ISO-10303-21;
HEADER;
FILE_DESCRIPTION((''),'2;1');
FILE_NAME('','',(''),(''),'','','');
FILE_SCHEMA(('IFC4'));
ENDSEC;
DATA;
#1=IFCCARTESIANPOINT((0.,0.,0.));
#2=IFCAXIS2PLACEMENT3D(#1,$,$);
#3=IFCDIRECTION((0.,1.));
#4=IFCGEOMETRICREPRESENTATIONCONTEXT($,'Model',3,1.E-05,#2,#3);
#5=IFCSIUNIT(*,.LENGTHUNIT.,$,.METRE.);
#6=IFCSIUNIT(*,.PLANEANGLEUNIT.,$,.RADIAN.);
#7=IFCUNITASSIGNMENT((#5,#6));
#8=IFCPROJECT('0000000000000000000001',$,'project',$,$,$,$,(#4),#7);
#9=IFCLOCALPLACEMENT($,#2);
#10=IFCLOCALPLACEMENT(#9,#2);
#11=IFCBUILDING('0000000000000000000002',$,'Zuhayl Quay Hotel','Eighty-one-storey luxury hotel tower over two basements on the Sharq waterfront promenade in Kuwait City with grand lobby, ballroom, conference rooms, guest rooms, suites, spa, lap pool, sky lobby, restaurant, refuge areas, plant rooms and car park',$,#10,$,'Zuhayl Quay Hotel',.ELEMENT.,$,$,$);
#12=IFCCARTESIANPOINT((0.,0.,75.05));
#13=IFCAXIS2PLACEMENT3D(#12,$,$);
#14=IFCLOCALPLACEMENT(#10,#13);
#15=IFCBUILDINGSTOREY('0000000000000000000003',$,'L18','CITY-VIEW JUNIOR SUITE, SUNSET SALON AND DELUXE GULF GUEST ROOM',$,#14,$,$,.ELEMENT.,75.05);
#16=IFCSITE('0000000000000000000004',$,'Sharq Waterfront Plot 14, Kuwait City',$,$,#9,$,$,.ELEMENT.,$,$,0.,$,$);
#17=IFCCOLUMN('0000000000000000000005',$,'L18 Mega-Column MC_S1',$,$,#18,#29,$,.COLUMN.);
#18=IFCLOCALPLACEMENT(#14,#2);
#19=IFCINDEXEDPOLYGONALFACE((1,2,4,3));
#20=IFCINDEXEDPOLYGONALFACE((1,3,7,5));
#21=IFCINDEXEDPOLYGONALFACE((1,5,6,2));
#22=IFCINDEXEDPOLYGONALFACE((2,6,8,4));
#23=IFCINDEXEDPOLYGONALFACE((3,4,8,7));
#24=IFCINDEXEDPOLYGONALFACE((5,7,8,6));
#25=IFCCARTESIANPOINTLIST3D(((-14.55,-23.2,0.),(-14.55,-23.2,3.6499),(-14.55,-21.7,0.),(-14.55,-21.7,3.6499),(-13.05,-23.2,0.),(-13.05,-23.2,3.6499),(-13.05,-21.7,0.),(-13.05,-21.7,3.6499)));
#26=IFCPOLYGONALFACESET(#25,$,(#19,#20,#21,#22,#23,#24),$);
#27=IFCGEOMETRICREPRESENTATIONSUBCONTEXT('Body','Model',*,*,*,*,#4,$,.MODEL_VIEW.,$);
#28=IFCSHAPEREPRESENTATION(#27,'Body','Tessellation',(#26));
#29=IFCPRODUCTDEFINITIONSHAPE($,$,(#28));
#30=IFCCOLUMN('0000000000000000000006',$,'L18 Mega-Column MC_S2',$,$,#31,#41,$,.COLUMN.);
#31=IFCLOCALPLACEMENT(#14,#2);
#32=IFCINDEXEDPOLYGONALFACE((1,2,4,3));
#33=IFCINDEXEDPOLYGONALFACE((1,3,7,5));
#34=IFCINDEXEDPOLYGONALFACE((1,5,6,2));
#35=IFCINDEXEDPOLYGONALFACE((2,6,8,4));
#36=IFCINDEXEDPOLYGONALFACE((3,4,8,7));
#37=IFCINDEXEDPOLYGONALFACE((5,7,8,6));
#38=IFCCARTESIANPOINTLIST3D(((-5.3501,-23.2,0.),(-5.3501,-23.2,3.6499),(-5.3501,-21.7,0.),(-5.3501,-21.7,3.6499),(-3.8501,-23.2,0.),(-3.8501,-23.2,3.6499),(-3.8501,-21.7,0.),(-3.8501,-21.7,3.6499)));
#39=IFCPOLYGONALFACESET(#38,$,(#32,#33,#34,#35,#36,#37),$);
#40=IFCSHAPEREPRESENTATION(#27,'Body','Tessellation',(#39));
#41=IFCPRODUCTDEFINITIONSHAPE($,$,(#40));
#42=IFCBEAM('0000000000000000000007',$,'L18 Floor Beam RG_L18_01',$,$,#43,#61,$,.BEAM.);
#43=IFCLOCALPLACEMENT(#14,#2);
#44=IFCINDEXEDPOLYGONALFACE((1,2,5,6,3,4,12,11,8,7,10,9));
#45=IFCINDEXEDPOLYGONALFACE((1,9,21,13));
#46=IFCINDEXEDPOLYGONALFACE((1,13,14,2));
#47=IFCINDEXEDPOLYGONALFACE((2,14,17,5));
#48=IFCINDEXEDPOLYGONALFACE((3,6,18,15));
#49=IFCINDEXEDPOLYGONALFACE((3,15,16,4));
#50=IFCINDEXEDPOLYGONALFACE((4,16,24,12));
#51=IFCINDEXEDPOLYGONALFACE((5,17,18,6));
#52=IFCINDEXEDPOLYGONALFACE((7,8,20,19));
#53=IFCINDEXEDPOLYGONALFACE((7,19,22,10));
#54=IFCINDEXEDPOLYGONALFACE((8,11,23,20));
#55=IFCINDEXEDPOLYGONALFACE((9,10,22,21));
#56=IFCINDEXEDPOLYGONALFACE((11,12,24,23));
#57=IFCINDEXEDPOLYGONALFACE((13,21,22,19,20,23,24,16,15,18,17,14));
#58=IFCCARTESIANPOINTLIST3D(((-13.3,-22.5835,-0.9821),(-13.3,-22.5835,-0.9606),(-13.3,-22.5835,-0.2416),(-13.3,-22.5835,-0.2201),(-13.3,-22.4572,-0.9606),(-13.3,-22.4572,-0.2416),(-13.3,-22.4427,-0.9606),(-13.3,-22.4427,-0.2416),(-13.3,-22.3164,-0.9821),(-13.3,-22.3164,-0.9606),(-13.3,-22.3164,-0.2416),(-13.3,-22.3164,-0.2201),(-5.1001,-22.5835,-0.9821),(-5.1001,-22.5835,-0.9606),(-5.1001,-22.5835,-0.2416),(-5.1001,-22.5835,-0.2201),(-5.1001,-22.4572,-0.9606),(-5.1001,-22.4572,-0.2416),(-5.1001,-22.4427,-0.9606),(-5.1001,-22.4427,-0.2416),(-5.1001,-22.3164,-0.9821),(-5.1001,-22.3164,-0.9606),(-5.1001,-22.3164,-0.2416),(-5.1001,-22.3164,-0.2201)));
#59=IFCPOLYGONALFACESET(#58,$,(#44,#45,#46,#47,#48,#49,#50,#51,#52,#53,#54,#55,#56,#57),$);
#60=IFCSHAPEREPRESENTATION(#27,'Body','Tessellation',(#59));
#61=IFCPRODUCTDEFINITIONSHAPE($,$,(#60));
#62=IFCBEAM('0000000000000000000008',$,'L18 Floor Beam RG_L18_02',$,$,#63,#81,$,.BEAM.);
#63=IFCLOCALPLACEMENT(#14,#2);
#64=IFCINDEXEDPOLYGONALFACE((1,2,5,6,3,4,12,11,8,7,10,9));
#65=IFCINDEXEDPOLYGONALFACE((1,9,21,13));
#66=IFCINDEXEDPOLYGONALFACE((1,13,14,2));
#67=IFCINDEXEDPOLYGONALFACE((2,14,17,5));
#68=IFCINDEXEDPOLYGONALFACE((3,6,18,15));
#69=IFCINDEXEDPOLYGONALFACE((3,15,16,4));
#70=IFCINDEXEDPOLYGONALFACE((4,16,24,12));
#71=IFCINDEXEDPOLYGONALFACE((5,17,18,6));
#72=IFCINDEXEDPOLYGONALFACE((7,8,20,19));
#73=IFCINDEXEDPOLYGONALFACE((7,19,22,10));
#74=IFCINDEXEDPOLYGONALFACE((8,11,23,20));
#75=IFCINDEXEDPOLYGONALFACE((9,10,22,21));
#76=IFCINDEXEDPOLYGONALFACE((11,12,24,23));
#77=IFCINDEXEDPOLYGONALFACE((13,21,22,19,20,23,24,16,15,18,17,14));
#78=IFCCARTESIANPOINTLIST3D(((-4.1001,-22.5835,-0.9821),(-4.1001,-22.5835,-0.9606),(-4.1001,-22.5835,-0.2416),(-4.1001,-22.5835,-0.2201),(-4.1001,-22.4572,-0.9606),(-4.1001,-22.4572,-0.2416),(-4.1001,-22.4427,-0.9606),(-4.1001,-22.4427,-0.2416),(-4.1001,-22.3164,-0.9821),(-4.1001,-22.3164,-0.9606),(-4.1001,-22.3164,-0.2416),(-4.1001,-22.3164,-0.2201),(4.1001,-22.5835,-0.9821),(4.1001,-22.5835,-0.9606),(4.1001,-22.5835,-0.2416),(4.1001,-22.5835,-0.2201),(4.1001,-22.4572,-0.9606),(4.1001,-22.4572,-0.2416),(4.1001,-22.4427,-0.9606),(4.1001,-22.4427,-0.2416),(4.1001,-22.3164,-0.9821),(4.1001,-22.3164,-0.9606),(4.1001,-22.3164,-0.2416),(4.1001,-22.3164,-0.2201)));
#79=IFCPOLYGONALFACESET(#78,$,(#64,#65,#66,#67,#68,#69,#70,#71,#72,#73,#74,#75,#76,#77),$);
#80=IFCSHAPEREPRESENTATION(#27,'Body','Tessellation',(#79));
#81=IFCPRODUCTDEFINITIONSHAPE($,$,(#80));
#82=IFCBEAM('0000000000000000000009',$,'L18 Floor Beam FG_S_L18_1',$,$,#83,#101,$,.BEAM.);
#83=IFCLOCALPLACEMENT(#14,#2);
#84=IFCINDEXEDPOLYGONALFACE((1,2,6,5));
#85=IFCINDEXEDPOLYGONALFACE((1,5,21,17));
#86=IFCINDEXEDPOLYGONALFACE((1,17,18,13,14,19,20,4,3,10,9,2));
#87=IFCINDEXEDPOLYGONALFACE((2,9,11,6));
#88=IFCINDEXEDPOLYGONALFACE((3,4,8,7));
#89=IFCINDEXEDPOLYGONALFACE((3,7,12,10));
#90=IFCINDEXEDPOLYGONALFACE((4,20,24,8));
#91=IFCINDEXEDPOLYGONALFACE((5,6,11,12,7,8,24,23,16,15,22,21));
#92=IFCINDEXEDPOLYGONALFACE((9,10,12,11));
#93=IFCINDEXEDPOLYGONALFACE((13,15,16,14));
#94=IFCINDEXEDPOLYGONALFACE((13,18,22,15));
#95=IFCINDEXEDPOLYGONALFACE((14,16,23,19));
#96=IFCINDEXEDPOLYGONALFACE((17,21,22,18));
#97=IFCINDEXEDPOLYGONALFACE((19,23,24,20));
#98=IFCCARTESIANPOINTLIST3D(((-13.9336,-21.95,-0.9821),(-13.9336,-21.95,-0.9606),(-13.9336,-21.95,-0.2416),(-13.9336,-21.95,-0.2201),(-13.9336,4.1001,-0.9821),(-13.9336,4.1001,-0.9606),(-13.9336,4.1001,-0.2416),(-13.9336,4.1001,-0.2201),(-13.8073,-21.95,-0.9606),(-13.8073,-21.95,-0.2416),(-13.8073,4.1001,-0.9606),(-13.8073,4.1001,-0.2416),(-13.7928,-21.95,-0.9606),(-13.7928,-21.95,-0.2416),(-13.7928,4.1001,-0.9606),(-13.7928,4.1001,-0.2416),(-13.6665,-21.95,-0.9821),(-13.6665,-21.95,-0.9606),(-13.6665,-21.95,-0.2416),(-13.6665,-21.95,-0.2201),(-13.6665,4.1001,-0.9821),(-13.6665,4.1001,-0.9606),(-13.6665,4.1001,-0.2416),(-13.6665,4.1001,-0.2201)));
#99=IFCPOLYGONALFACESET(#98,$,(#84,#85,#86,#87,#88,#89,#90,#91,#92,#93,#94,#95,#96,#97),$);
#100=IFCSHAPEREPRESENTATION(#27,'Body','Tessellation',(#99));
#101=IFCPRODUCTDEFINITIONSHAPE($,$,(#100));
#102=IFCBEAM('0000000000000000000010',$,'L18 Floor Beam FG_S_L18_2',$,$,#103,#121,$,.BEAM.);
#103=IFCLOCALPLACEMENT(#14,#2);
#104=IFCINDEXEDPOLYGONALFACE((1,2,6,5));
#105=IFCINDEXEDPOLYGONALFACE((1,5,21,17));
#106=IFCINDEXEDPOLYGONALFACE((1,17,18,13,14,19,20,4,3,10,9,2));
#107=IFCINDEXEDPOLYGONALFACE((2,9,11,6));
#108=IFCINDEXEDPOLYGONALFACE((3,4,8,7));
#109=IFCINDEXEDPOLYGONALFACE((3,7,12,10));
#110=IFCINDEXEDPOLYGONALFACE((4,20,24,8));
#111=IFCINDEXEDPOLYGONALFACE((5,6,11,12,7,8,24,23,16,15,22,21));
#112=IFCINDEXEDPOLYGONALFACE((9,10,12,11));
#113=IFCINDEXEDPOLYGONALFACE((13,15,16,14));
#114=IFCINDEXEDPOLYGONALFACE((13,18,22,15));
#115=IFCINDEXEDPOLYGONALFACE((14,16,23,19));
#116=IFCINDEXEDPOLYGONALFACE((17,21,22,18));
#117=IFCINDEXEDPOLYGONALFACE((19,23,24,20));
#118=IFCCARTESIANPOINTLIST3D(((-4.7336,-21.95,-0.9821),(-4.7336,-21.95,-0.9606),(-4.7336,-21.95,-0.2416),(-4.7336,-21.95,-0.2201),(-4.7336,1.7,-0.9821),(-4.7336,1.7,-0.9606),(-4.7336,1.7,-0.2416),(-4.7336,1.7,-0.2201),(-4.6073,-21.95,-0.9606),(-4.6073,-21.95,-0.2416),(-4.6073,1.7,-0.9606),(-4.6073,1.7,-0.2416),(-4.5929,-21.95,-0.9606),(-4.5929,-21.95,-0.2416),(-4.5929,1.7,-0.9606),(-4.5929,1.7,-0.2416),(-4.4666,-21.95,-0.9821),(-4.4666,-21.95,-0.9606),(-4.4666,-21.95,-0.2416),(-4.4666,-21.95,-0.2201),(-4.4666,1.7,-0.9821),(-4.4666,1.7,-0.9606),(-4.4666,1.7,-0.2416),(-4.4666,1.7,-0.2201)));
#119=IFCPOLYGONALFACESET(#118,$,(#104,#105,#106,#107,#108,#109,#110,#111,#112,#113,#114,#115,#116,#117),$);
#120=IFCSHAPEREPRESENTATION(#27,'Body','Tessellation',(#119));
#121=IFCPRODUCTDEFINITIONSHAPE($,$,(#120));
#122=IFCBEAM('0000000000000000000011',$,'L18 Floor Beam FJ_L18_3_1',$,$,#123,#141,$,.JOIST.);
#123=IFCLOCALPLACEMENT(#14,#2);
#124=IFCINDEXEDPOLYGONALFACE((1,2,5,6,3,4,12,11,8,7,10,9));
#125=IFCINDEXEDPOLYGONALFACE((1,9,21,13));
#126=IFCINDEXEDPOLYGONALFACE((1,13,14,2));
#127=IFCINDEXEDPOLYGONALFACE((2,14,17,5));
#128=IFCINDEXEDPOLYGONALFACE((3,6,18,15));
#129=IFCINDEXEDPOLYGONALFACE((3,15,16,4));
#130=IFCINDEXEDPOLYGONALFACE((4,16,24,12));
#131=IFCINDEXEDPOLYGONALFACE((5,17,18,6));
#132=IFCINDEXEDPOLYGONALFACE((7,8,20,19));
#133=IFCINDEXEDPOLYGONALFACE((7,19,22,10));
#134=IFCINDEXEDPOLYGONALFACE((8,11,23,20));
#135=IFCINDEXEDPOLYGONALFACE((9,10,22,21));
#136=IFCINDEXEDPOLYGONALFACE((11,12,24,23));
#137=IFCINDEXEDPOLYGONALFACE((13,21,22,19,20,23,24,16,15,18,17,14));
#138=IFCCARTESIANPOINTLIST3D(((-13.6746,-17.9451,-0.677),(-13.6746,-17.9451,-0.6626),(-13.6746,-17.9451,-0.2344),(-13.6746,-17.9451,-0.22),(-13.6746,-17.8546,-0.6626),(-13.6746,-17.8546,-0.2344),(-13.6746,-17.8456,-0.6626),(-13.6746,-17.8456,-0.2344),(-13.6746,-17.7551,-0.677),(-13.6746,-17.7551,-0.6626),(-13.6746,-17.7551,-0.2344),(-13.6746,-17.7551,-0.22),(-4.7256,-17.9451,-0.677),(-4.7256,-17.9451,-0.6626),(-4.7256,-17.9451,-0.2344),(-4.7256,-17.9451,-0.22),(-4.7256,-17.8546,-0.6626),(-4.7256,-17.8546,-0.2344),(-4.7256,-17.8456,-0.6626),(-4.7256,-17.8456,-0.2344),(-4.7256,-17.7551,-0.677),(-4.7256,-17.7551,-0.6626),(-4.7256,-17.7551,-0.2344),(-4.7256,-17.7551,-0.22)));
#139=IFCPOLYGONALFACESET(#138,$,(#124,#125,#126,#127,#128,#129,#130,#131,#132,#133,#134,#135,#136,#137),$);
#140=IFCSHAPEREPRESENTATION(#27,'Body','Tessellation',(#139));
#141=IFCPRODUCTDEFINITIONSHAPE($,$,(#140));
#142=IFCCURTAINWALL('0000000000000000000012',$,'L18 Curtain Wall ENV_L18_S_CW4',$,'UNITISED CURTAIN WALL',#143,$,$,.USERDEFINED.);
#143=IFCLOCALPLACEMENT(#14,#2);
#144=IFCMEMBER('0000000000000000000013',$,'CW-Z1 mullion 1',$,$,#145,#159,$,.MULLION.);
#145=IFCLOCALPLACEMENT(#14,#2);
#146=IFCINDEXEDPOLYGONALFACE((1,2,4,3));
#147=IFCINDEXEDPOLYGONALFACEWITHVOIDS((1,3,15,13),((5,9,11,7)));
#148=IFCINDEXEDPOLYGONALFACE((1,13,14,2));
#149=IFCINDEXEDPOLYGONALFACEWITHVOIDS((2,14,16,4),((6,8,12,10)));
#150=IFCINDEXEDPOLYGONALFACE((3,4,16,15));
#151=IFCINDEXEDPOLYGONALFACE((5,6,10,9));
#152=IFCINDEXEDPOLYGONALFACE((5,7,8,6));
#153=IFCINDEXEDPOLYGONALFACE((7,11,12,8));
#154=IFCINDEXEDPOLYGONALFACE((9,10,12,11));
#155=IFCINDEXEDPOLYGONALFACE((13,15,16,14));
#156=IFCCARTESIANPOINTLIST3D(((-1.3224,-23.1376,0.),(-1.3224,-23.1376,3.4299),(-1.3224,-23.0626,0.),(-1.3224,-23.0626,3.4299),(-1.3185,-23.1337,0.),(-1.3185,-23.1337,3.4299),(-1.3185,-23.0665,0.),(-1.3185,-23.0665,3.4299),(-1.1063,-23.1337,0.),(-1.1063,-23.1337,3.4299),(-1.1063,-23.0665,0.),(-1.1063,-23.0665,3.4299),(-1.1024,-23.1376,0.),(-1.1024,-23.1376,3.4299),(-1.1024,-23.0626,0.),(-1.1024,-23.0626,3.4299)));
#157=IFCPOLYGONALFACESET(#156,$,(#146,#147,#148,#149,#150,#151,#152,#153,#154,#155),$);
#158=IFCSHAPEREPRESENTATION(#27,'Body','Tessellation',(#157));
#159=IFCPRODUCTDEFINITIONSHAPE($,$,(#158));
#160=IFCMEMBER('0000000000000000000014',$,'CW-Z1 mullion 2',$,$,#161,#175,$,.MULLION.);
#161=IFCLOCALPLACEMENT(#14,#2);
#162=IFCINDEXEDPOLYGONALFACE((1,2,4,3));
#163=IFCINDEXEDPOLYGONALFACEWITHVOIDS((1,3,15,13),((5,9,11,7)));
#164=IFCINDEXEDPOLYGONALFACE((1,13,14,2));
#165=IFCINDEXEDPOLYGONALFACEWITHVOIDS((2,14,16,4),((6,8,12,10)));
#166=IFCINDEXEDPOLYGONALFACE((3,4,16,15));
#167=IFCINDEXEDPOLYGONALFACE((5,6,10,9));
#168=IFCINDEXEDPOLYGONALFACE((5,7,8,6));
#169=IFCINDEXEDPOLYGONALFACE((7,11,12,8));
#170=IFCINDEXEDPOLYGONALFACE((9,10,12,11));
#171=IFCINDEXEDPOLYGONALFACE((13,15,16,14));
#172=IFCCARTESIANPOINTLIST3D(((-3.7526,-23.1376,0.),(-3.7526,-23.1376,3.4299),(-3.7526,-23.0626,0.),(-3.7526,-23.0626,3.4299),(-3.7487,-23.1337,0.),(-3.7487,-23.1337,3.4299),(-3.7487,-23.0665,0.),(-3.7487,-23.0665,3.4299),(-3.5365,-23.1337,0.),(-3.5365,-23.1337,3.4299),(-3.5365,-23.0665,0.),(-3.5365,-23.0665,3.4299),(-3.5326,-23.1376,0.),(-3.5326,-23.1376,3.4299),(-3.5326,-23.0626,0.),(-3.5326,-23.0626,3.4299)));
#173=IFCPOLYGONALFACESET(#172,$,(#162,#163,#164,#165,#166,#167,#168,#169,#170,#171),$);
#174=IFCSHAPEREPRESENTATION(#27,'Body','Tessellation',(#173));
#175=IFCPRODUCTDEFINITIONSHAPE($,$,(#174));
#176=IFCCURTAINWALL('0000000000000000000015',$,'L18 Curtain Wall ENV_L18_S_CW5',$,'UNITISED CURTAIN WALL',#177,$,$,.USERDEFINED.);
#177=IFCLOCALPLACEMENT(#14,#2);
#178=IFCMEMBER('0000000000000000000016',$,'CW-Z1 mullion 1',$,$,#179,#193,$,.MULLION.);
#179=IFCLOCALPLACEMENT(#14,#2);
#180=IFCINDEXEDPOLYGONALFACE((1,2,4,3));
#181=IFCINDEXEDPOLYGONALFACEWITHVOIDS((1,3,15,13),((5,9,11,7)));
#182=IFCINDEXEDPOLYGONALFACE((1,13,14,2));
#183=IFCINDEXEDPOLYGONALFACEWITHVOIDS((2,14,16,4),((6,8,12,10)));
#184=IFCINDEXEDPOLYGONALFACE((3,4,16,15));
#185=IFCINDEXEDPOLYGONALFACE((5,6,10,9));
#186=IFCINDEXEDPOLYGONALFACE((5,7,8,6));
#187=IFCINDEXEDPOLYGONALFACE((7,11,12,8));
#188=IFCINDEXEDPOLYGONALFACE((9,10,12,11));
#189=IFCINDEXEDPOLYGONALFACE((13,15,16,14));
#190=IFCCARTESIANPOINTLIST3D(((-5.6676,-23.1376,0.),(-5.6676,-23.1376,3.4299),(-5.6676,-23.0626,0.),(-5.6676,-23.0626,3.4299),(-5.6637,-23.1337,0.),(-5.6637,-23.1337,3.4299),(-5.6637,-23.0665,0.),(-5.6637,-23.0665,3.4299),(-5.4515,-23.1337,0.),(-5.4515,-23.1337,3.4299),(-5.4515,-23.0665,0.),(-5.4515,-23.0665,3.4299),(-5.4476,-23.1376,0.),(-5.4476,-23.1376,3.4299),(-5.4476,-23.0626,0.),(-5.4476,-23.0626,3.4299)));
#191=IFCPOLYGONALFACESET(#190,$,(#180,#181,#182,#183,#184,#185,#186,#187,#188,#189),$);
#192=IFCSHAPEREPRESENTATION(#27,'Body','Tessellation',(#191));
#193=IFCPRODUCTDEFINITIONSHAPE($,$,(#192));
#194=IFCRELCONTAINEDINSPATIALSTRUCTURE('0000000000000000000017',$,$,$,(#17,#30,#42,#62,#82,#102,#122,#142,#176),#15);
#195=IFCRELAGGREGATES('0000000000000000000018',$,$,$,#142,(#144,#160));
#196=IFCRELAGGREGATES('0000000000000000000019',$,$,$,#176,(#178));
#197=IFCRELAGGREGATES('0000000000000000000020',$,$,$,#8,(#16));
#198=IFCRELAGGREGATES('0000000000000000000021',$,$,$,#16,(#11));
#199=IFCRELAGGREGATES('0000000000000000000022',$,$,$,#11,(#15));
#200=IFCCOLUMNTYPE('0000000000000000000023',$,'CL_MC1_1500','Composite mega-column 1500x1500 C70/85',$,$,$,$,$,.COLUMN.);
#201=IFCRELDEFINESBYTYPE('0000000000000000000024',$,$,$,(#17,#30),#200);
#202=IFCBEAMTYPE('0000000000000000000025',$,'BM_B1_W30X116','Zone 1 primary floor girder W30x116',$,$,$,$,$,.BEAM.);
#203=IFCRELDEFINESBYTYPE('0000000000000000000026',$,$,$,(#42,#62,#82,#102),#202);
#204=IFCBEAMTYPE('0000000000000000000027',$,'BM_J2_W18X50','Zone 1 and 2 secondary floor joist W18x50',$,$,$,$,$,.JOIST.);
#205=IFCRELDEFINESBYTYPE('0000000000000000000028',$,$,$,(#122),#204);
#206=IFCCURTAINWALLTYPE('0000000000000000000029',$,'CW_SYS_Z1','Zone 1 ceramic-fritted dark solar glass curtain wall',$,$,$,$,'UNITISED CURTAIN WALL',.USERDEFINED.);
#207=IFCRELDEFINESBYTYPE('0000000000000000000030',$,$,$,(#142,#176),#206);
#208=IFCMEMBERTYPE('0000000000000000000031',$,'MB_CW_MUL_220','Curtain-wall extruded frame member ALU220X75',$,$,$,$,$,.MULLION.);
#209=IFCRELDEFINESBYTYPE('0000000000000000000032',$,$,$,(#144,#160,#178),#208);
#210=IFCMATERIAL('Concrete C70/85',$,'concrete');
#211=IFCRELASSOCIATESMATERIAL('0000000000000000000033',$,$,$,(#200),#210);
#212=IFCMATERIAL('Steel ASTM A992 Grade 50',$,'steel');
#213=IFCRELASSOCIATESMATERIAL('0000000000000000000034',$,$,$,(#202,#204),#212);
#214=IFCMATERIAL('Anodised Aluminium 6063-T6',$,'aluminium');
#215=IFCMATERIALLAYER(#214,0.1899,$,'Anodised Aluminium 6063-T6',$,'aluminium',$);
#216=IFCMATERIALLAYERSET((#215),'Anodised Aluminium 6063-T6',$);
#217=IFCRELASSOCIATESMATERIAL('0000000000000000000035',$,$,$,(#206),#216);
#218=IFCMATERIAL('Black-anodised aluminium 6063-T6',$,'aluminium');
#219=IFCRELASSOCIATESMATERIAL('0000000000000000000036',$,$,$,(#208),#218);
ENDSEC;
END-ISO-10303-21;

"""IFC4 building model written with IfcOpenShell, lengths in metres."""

from ifc_helpers import new_model, si_unit, direction, frame, origin, origin_2d, place, context, subcontext, project, spatial, rectangle, hollow_rectangle, i_section, extrude, material, layer, layer_set, material_profile, profile_set, type_object, element, aggregate, save


model = new_model("IFC4")

# Units and contexts
model_context = context("Model", 3, precision=1e-05, world=origin(), true_north=direction((0.0, 1.0)))
body_context = subcontext(model_context, "Body", "Model", "MODEL_VIEW")
ifc_project = project(units=[si_unit("LENGTHUNIT", "METRE"), si_unit("PLANEANGLEUNIT", "RADIAN")], contexts=[model_context])

# Site, building, storey
site_placement = place(None, origin())
site = spatial("IfcSite", under=ifc_project, at=site_placement, Name="Sharq Waterfront Plot 14, Kuwait City", CompositionType="ELEMENT", RefElevation=0.0)
building_placement = place(site_placement, origin())
building = spatial("IfcBuilding", under=site, at=building_placement, Name="Zuhayl Quay Hotel", Description="Eighty-one-storey luxury hotel tower over two basements on the Sharq waterfront promenade in Kuwait City with grand lobby, ballroom, conference rooms, guest rooms, suites, spa, lap pool, sky lobby, restaurant, refuge areas, plant rooms and car park", LongName="Zuhayl Quay Hotel", CompositionType="ELEMENT")
storey_placement = place(building_placement, frame((0.0, 0.0, 75.05)))
storey = spatial("IfcBuildingStorey", under=building, at=storey_placement, Name="L18", Description="CITY-VIEW JUNIOR SUITE, SUNSET SALON AND DELUXE GULF GUEST ROOM", CompositionType="ELEMENT", Elevation=75.05)

# Columns
ifc_material_1 = material(Name="Concrete C70/85", Category="concrete")
ifc_material_profile_1 = material_profile(ifc_material_1, rectangle(XDim=1.5, YDim=1.5, at=origin_2d()), Name="RC1500X1500")
ifc_profile_set_1 = profile_set([ifc_material_profile_1], Name="Concrete C70/85")
column_type = type_object("IfcColumnType", Name="CL_MC1_1500", Description="Composite mega-column 1500x1500 C70/85", PredefinedType="COLUMN", material=ifc_profile_set_1)
for number, where, z_axis, x_axis, name in (
    (1, (-13.8, -22.45, 0.0), (0.0, 0.0, 1.0), (1.0, 0.0, 0.0), "L18 Mega-Column MC_S1"),
    (2, (-4.6001, -22.45, 0.0), (0.0, 0.0, 1.0), (1.0, 0.0, 0.0), "L18 Mega-Column MC_S2"),
):
    element("IfcColumn", number, at=place(storey_placement, frame(where, z_axis=z_axis, x_axis=x_axis)), inside=storey, type_object=column_type, Name=name, PredefinedType="COLUMN", context=body_context, shape_type="SweptSolid", body=[
        extrude(rectangle(XDim=1.5, YDim=1.5, at=origin_2d()), origin(), (0.0, 0.0, 1.0), 3.6499),
    ])

# Beams
ifc_material_2 = material(Name="Steel ASTM A992 Grade 50", Category="steel")
ifc_material_profile_2 = material_profile(ifc_material_2, i_section(OverallWidth=0.2671, OverallDepth=0.762, WebThickness=0.0144, FlangeThickness=0.0215, at=origin_2d()), Name="W30X116")
ifc_profile_set_2 = profile_set([ifc_material_profile_2], Name="Steel ASTM A992 Grade 50")
beam_type_1 = type_object("IfcBeamType", Name="BM_B1_W30X116", Description="Zone 1 primary floor girder W30x116", PredefinedType="BEAM", material=ifc_profile_set_2)
beam_1_placement = place(storey_placement, frame((-13.3, -22.45, -0.6011), z_axis=(1.0, 0.0, 0.0), x_axis=(0.0, 1.0, 0.0)))
element("IfcBeam", 3, at=beam_1_placement, inside=storey, type_object=beam_type_1, Name="L18 Floor Beam RG_L18_01", PredefinedType="BEAM", context=body_context, shape_type="SweptSolid", body=[
    extrude(i_section(OverallWidth=0.2671, OverallDepth=0.762, WebThickness=0.0144, FlangeThickness=0.0215, at=origin_2d()), origin(), (0.0, 0.0, 1.0), 8.2),
])
beam_2_placement = place(storey_placement, frame((-4.1001, -22.45, -0.6011), z_axis=(1.0, 0.0, 0.0), x_axis=(0.0, 1.0, 0.0)))
element("IfcBeam", 4, at=beam_2_placement, inside=storey, type_object=beam_type_1, Name="L18 Floor Beam RG_L18_02", PredefinedType="BEAM", context=body_context, shape_type="SweptSolid", body=[
    extrude(i_section(OverallWidth=0.2671, OverallDepth=0.762, WebThickness=0.0144, FlangeThickness=0.0215, at=origin_2d()), origin(), (0.0, 0.0, 1.0), 8.2002),
])
beam_3_placement = place(storey_placement, frame((-13.8, -21.95, -0.6011), z_axis=(0.0, 1.0, 0.0), x_axis=(-1.0, 0.0, 0.0)))
element("IfcBeam", 5, at=beam_3_placement, inside=storey, type_object=beam_type_1, Name="L18 Floor Beam FG_S_L18_1", PredefinedType="BEAM", context=body_context, shape_type="SweptSolid", body=[
    extrude(i_section(OverallWidth=0.2671, OverallDepth=0.762, WebThickness=0.0144, FlangeThickness=0.0215, at=origin_2d()), origin(), (0.0, 0.0, 1.0), 26.05),
])
beam_4_placement = place(storey_placement, frame((-4.6001, -21.95, -0.6011), z_axis=(0.0, 1.0, 0.0), x_axis=(-1.0, 0.0, 0.0)))
element("IfcBeam", 6, at=beam_4_placement, inside=storey, type_object=beam_type_1, Name="L18 Floor Beam FG_S_L18_2", PredefinedType="BEAM", context=body_context, shape_type="SweptSolid", body=[
    extrude(i_section(OverallWidth=0.2671, OverallDepth=0.762, WebThickness=0.0144, FlangeThickness=0.0215, at=origin_2d()), origin(), (0.0, 0.0, 1.0), 23.6499),
])
ifc_material_profile_3 = material_profile(ifc_material_2, i_section(OverallWidth=0.1899, OverallDepth=0.457, WebThickness=0.009, FlangeThickness=0.0144, at=origin_2d()), Name="W18X50")
ifc_profile_set_3 = profile_set([ifc_material_profile_3], Name="Steel ASTM A992 Grade 50")
beam_type_2 = type_object("IfcBeamType", Name="BM_J2_W18X50", Description="Zone 1 and 2 secondary floor joist W18x50", PredefinedType="JOIST", material=ifc_profile_set_3)
beam_5_placement = place(storey_placement, frame((-13.6746, -17.8501, -0.4485), z_axis=(1.0, 0.0, 0.0), x_axis=(0.0, 1.0, 0.0)))
element("IfcBeam", 7, at=beam_5_placement, inside=storey, type_object=beam_type_2, Name="L18 Floor Beam FJ_L18_3_1", PredefinedType="JOIST", context=body_context, shape_type="SweptSolid", body=[
    extrude(i_section(OverallWidth=0.1899, OverallDepth=0.457, WebThickness=0.009, FlangeThickness=0.0144, at=origin_2d()), origin(), (0.0, 0.0, 1.0), 8.949),
])

# Curtain walls, members
ifc_material_3 = material(Name="Anodised Aluminium 6063-T6", Category="aluminium")
ifc_layer_1 = layer(ifc_material_3, 0.1899, Name="Anodised Aluminium 6063-T6", Category="aluminium")
ifc_layer_set_1 = layer_set([ifc_layer_1], Name="Anodised Aluminium 6063-T6")
curtain_wall_type = type_object("IfcCurtainWallType", Name="CW_SYS_Z1", Description="Zone 1 ceramic-fritted dark solar glass curtain wall", ElementType="UNITISED CURTAIN WALL", PredefinedType="USERDEFINED", material=ifc_layer_set_1)
curtain_wall_1_placement = place(storey_placement, origin())
curtain_wall_1 = element("IfcCurtainWall", 8, at=curtain_wall_1_placement, inside=storey, type_object=curtain_wall_type, Name="L18 Curtain Wall ENV_L18_S_CW4", ObjectType="UNITISED CURTAIN WALL", PredefinedType="USERDEFINED")
ifc_material_4 = material(Name="Black-anodised aluminium 6063-T6", Category="aluminium")
ifc_material_profile_4 = material_profile(ifc_material_4, hollow_rectangle(XDim=0.075, YDim=0.22, WallThickness=0.0039, at=origin_2d()), Name="ALU220X75")
ifc_profile_set_4 = profile_set([ifc_material_profile_4], Name="Black-anodised aluminium 6063-T6")
member_type_1 = type_object("IfcMemberType", Name="MB_CW_MUL_220", Description="Curtain-wall extruded frame member ALU220X75", PredefinedType="MULLION", material=ifc_profile_set_4)
member_1_placement = place(storey_placement, frame((-1.2124, -23.1001, 0.0), z_axis=(0.0, 0.0, 1.0), x_axis=(0.0, -1.0, 0.0)))
member_1 = element("IfcMember", 9, at=member_1_placement, type_object=member_type_1, Name="CW-Z1 mullion 1", PredefinedType="MULLION", context=body_context, shape_type="SweptSolid", body=[
    extrude(hollow_rectangle(XDim=0.075, YDim=0.22, WallThickness=0.0039, at=origin_2d()), origin(), (0.0, 0.0, 1.0), 3.4299),
])
member_2_placement = place(storey_placement, frame((-3.6426, -23.1001, 0.0), z_axis=(0.0, 0.0, 1.0), x_axis=(0.0, -1.0, 0.0)))
member_2 = element("IfcMember", 10, at=member_2_placement, type_object=member_type_1, Name="CW-Z1 mullion 2", PredefinedType="MULLION", context=body_context, shape_type="SweptSolid", body=[
    extrude(hollow_rectangle(XDim=0.075, YDim=0.22, WallThickness=0.0039, at=origin_2d()), origin(), (0.0, 0.0, 1.0), 3.4299),
])
curtain_wall_2_placement = place(storey_placement, origin())
curtain_wall_2 = element("IfcCurtainWall", 11, at=curtain_wall_2_placement, inside=storey, type_object=curtain_wall_type, Name="L18 Curtain Wall ENV_L18_S_CW5", ObjectType="UNITISED CURTAIN WALL", PredefinedType="USERDEFINED")
member_3_placement = place(storey_placement, frame((-5.5576, -23.1001, 0.0), z_axis=(0.0, 0.0, 1.0), x_axis=(0.0, -1.0, 0.0)))
member_3 = element("IfcMember", 12, at=member_3_placement, type_object=member_type_1, Name="CW-Z1 mullion 1", PredefinedType="MULLION", context=body_context, shape_type="SweptSolid", body=[
    extrude(hollow_rectangle(XDim=0.075, YDim=0.22, WallThickness=0.0039, at=origin_2d()), origin(), (0.0, 0.0, 1.0), 3.4299),
])

aggregate(curtain_wall_1, [member_1, member_2])
aggregate(curtain_wall_2, [member_3])

save(model, "model.ifc")
